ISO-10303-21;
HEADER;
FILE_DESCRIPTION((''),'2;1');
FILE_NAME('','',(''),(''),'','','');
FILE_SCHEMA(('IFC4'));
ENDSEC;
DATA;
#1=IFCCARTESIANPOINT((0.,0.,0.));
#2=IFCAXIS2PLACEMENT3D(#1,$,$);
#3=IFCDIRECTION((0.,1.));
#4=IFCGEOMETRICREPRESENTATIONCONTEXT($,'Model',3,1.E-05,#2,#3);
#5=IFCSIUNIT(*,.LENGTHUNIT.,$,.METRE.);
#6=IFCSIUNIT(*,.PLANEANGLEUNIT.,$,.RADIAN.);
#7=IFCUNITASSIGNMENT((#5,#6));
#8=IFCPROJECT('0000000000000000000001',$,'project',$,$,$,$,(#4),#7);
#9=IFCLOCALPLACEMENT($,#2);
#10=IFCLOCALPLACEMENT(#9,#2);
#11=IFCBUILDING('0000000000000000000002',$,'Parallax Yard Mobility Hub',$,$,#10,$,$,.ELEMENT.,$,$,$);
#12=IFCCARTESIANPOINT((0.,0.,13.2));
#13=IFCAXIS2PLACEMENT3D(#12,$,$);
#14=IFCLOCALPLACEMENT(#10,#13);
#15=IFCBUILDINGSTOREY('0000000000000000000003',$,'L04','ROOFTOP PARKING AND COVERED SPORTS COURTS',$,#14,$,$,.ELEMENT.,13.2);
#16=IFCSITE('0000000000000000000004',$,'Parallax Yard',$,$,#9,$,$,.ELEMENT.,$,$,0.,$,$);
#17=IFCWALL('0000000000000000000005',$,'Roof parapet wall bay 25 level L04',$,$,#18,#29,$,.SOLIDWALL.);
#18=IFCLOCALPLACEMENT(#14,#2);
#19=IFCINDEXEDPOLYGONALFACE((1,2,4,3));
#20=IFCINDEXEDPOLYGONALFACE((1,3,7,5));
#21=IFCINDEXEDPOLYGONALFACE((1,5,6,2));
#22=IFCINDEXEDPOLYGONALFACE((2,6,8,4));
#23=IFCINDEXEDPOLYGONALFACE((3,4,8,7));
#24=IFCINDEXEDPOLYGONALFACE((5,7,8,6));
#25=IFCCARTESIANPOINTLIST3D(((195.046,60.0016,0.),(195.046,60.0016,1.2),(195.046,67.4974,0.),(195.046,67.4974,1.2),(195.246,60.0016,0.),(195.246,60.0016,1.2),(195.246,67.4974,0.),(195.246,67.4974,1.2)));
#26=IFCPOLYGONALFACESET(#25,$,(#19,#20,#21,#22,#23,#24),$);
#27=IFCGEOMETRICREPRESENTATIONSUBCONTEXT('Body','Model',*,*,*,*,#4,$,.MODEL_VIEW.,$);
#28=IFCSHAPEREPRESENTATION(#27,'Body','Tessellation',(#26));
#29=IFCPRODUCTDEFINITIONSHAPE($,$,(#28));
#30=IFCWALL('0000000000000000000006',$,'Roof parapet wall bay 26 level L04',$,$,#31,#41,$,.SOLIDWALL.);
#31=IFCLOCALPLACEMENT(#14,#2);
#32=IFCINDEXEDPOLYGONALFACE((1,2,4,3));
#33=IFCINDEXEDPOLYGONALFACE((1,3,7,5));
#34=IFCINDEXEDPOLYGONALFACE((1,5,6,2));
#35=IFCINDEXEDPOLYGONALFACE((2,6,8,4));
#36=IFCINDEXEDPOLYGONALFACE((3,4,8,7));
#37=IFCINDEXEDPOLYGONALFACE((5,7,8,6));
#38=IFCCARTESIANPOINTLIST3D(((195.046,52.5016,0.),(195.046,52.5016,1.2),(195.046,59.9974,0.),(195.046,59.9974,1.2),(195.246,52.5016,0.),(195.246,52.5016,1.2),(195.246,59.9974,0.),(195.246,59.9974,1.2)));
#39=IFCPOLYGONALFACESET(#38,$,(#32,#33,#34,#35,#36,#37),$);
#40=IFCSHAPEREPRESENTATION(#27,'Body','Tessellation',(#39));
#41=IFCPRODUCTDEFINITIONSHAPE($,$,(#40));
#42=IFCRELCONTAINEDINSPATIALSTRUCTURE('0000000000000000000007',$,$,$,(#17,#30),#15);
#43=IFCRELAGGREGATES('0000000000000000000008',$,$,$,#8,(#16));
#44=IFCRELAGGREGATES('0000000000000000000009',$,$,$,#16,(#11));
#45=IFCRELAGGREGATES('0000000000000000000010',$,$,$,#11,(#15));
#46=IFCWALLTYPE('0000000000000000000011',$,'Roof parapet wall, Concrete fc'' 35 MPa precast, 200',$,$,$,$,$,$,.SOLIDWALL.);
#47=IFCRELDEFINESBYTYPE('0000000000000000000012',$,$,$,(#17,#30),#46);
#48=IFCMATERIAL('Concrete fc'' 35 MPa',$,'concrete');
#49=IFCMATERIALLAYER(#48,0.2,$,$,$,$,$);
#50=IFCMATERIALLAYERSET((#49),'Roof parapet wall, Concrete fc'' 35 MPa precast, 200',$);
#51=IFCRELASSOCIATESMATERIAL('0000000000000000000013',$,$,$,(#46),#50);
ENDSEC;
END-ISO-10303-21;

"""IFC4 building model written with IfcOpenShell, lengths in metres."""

from ifc_helpers import new_model, si_unit, direction, frame, frame_2d, origin, place, context, subcontext, project, spatial, rectangle, extrude, material, layer, layer_set, type_object, element, save


model = new_model("IFC4")

# Units and contexts
model_context = context("Model", 3, precision=1e-05, world=origin(), true_north=direction((0.0, 1.0)))
body_context = subcontext(model_context, "Body", "Model", "MODEL_VIEW")
ifc_project = project(units=[si_unit("LENGTHUNIT", "METRE"), si_unit("PLANEANGLEUNIT", "RADIAN")], contexts=[model_context])

# Site, building, storey
site_placement = place(None, origin())
site = spatial("IfcSite", under=ifc_project, at=site_placement, Name="Parallax Yard", CompositionType="ELEMENT", RefElevation=0.0)
building_placement = place(site_placement, origin())
building = spatial("IfcBuilding", under=site, at=building_placement, Name="Parallax Yard Mobility Hub", CompositionType="ELEMENT")
storey_placement = place(building_placement, frame((0.0, 0.0, 13.2)))
storey = spatial("IfcBuildingStorey", under=building, at=storey_placement, Name="L04", Description="ROOFTOP PARKING AND COVERED SPORTS COURTS", CompositionType="ELEMENT", Elevation=13.2)

# Walls
ifc_material_1 = material(Name="Concrete fc' 35 MPa", Category="concrete")
ifc_layer = layer(ifc_material_1, 0.2)
ifc_layer_set = layer_set([ifc_layer], Name="Roof parapet wall, Concrete fc' 35 MPa precast, 200")
wall_type = type_object("IfcWallType", Name="Roof parapet wall, Concrete fc' 35 MPa precast, 200", PredefinedType="SOLIDWALL", material=ifc_layer_set)
for number, where, z_axis, x_axis, name in (
    (1, (195.146, 67.4976, 0.0), (0.0, 0.0, 1.0), (0.0, -1.0, 0.0), "Roof parapet wall bay 25 level L04"),
    (2, (195.146, 59.9976, 0.0), (0.0, 0.0, 1.0), (0.0, -1.0, 0.0), "Roof parapet wall bay 26 level L04"),
):
    element("IfcWall", number, at=place(storey_placement, frame(where, z_axis=z_axis, x_axis=x_axis)), inside=storey, type_object=wall_type, Name=name, PredefinedType="SOLIDWALL", context=body_context, shape_type="SweptSolid", body=[
        extrude(rectangle(XDim=7.4958, YDim=0.2, at=frame_2d((3.748, 0.0))), origin(), (0.0, 0.0, 1.0), 1.2),
    ])

save(model, "model.ifc")
